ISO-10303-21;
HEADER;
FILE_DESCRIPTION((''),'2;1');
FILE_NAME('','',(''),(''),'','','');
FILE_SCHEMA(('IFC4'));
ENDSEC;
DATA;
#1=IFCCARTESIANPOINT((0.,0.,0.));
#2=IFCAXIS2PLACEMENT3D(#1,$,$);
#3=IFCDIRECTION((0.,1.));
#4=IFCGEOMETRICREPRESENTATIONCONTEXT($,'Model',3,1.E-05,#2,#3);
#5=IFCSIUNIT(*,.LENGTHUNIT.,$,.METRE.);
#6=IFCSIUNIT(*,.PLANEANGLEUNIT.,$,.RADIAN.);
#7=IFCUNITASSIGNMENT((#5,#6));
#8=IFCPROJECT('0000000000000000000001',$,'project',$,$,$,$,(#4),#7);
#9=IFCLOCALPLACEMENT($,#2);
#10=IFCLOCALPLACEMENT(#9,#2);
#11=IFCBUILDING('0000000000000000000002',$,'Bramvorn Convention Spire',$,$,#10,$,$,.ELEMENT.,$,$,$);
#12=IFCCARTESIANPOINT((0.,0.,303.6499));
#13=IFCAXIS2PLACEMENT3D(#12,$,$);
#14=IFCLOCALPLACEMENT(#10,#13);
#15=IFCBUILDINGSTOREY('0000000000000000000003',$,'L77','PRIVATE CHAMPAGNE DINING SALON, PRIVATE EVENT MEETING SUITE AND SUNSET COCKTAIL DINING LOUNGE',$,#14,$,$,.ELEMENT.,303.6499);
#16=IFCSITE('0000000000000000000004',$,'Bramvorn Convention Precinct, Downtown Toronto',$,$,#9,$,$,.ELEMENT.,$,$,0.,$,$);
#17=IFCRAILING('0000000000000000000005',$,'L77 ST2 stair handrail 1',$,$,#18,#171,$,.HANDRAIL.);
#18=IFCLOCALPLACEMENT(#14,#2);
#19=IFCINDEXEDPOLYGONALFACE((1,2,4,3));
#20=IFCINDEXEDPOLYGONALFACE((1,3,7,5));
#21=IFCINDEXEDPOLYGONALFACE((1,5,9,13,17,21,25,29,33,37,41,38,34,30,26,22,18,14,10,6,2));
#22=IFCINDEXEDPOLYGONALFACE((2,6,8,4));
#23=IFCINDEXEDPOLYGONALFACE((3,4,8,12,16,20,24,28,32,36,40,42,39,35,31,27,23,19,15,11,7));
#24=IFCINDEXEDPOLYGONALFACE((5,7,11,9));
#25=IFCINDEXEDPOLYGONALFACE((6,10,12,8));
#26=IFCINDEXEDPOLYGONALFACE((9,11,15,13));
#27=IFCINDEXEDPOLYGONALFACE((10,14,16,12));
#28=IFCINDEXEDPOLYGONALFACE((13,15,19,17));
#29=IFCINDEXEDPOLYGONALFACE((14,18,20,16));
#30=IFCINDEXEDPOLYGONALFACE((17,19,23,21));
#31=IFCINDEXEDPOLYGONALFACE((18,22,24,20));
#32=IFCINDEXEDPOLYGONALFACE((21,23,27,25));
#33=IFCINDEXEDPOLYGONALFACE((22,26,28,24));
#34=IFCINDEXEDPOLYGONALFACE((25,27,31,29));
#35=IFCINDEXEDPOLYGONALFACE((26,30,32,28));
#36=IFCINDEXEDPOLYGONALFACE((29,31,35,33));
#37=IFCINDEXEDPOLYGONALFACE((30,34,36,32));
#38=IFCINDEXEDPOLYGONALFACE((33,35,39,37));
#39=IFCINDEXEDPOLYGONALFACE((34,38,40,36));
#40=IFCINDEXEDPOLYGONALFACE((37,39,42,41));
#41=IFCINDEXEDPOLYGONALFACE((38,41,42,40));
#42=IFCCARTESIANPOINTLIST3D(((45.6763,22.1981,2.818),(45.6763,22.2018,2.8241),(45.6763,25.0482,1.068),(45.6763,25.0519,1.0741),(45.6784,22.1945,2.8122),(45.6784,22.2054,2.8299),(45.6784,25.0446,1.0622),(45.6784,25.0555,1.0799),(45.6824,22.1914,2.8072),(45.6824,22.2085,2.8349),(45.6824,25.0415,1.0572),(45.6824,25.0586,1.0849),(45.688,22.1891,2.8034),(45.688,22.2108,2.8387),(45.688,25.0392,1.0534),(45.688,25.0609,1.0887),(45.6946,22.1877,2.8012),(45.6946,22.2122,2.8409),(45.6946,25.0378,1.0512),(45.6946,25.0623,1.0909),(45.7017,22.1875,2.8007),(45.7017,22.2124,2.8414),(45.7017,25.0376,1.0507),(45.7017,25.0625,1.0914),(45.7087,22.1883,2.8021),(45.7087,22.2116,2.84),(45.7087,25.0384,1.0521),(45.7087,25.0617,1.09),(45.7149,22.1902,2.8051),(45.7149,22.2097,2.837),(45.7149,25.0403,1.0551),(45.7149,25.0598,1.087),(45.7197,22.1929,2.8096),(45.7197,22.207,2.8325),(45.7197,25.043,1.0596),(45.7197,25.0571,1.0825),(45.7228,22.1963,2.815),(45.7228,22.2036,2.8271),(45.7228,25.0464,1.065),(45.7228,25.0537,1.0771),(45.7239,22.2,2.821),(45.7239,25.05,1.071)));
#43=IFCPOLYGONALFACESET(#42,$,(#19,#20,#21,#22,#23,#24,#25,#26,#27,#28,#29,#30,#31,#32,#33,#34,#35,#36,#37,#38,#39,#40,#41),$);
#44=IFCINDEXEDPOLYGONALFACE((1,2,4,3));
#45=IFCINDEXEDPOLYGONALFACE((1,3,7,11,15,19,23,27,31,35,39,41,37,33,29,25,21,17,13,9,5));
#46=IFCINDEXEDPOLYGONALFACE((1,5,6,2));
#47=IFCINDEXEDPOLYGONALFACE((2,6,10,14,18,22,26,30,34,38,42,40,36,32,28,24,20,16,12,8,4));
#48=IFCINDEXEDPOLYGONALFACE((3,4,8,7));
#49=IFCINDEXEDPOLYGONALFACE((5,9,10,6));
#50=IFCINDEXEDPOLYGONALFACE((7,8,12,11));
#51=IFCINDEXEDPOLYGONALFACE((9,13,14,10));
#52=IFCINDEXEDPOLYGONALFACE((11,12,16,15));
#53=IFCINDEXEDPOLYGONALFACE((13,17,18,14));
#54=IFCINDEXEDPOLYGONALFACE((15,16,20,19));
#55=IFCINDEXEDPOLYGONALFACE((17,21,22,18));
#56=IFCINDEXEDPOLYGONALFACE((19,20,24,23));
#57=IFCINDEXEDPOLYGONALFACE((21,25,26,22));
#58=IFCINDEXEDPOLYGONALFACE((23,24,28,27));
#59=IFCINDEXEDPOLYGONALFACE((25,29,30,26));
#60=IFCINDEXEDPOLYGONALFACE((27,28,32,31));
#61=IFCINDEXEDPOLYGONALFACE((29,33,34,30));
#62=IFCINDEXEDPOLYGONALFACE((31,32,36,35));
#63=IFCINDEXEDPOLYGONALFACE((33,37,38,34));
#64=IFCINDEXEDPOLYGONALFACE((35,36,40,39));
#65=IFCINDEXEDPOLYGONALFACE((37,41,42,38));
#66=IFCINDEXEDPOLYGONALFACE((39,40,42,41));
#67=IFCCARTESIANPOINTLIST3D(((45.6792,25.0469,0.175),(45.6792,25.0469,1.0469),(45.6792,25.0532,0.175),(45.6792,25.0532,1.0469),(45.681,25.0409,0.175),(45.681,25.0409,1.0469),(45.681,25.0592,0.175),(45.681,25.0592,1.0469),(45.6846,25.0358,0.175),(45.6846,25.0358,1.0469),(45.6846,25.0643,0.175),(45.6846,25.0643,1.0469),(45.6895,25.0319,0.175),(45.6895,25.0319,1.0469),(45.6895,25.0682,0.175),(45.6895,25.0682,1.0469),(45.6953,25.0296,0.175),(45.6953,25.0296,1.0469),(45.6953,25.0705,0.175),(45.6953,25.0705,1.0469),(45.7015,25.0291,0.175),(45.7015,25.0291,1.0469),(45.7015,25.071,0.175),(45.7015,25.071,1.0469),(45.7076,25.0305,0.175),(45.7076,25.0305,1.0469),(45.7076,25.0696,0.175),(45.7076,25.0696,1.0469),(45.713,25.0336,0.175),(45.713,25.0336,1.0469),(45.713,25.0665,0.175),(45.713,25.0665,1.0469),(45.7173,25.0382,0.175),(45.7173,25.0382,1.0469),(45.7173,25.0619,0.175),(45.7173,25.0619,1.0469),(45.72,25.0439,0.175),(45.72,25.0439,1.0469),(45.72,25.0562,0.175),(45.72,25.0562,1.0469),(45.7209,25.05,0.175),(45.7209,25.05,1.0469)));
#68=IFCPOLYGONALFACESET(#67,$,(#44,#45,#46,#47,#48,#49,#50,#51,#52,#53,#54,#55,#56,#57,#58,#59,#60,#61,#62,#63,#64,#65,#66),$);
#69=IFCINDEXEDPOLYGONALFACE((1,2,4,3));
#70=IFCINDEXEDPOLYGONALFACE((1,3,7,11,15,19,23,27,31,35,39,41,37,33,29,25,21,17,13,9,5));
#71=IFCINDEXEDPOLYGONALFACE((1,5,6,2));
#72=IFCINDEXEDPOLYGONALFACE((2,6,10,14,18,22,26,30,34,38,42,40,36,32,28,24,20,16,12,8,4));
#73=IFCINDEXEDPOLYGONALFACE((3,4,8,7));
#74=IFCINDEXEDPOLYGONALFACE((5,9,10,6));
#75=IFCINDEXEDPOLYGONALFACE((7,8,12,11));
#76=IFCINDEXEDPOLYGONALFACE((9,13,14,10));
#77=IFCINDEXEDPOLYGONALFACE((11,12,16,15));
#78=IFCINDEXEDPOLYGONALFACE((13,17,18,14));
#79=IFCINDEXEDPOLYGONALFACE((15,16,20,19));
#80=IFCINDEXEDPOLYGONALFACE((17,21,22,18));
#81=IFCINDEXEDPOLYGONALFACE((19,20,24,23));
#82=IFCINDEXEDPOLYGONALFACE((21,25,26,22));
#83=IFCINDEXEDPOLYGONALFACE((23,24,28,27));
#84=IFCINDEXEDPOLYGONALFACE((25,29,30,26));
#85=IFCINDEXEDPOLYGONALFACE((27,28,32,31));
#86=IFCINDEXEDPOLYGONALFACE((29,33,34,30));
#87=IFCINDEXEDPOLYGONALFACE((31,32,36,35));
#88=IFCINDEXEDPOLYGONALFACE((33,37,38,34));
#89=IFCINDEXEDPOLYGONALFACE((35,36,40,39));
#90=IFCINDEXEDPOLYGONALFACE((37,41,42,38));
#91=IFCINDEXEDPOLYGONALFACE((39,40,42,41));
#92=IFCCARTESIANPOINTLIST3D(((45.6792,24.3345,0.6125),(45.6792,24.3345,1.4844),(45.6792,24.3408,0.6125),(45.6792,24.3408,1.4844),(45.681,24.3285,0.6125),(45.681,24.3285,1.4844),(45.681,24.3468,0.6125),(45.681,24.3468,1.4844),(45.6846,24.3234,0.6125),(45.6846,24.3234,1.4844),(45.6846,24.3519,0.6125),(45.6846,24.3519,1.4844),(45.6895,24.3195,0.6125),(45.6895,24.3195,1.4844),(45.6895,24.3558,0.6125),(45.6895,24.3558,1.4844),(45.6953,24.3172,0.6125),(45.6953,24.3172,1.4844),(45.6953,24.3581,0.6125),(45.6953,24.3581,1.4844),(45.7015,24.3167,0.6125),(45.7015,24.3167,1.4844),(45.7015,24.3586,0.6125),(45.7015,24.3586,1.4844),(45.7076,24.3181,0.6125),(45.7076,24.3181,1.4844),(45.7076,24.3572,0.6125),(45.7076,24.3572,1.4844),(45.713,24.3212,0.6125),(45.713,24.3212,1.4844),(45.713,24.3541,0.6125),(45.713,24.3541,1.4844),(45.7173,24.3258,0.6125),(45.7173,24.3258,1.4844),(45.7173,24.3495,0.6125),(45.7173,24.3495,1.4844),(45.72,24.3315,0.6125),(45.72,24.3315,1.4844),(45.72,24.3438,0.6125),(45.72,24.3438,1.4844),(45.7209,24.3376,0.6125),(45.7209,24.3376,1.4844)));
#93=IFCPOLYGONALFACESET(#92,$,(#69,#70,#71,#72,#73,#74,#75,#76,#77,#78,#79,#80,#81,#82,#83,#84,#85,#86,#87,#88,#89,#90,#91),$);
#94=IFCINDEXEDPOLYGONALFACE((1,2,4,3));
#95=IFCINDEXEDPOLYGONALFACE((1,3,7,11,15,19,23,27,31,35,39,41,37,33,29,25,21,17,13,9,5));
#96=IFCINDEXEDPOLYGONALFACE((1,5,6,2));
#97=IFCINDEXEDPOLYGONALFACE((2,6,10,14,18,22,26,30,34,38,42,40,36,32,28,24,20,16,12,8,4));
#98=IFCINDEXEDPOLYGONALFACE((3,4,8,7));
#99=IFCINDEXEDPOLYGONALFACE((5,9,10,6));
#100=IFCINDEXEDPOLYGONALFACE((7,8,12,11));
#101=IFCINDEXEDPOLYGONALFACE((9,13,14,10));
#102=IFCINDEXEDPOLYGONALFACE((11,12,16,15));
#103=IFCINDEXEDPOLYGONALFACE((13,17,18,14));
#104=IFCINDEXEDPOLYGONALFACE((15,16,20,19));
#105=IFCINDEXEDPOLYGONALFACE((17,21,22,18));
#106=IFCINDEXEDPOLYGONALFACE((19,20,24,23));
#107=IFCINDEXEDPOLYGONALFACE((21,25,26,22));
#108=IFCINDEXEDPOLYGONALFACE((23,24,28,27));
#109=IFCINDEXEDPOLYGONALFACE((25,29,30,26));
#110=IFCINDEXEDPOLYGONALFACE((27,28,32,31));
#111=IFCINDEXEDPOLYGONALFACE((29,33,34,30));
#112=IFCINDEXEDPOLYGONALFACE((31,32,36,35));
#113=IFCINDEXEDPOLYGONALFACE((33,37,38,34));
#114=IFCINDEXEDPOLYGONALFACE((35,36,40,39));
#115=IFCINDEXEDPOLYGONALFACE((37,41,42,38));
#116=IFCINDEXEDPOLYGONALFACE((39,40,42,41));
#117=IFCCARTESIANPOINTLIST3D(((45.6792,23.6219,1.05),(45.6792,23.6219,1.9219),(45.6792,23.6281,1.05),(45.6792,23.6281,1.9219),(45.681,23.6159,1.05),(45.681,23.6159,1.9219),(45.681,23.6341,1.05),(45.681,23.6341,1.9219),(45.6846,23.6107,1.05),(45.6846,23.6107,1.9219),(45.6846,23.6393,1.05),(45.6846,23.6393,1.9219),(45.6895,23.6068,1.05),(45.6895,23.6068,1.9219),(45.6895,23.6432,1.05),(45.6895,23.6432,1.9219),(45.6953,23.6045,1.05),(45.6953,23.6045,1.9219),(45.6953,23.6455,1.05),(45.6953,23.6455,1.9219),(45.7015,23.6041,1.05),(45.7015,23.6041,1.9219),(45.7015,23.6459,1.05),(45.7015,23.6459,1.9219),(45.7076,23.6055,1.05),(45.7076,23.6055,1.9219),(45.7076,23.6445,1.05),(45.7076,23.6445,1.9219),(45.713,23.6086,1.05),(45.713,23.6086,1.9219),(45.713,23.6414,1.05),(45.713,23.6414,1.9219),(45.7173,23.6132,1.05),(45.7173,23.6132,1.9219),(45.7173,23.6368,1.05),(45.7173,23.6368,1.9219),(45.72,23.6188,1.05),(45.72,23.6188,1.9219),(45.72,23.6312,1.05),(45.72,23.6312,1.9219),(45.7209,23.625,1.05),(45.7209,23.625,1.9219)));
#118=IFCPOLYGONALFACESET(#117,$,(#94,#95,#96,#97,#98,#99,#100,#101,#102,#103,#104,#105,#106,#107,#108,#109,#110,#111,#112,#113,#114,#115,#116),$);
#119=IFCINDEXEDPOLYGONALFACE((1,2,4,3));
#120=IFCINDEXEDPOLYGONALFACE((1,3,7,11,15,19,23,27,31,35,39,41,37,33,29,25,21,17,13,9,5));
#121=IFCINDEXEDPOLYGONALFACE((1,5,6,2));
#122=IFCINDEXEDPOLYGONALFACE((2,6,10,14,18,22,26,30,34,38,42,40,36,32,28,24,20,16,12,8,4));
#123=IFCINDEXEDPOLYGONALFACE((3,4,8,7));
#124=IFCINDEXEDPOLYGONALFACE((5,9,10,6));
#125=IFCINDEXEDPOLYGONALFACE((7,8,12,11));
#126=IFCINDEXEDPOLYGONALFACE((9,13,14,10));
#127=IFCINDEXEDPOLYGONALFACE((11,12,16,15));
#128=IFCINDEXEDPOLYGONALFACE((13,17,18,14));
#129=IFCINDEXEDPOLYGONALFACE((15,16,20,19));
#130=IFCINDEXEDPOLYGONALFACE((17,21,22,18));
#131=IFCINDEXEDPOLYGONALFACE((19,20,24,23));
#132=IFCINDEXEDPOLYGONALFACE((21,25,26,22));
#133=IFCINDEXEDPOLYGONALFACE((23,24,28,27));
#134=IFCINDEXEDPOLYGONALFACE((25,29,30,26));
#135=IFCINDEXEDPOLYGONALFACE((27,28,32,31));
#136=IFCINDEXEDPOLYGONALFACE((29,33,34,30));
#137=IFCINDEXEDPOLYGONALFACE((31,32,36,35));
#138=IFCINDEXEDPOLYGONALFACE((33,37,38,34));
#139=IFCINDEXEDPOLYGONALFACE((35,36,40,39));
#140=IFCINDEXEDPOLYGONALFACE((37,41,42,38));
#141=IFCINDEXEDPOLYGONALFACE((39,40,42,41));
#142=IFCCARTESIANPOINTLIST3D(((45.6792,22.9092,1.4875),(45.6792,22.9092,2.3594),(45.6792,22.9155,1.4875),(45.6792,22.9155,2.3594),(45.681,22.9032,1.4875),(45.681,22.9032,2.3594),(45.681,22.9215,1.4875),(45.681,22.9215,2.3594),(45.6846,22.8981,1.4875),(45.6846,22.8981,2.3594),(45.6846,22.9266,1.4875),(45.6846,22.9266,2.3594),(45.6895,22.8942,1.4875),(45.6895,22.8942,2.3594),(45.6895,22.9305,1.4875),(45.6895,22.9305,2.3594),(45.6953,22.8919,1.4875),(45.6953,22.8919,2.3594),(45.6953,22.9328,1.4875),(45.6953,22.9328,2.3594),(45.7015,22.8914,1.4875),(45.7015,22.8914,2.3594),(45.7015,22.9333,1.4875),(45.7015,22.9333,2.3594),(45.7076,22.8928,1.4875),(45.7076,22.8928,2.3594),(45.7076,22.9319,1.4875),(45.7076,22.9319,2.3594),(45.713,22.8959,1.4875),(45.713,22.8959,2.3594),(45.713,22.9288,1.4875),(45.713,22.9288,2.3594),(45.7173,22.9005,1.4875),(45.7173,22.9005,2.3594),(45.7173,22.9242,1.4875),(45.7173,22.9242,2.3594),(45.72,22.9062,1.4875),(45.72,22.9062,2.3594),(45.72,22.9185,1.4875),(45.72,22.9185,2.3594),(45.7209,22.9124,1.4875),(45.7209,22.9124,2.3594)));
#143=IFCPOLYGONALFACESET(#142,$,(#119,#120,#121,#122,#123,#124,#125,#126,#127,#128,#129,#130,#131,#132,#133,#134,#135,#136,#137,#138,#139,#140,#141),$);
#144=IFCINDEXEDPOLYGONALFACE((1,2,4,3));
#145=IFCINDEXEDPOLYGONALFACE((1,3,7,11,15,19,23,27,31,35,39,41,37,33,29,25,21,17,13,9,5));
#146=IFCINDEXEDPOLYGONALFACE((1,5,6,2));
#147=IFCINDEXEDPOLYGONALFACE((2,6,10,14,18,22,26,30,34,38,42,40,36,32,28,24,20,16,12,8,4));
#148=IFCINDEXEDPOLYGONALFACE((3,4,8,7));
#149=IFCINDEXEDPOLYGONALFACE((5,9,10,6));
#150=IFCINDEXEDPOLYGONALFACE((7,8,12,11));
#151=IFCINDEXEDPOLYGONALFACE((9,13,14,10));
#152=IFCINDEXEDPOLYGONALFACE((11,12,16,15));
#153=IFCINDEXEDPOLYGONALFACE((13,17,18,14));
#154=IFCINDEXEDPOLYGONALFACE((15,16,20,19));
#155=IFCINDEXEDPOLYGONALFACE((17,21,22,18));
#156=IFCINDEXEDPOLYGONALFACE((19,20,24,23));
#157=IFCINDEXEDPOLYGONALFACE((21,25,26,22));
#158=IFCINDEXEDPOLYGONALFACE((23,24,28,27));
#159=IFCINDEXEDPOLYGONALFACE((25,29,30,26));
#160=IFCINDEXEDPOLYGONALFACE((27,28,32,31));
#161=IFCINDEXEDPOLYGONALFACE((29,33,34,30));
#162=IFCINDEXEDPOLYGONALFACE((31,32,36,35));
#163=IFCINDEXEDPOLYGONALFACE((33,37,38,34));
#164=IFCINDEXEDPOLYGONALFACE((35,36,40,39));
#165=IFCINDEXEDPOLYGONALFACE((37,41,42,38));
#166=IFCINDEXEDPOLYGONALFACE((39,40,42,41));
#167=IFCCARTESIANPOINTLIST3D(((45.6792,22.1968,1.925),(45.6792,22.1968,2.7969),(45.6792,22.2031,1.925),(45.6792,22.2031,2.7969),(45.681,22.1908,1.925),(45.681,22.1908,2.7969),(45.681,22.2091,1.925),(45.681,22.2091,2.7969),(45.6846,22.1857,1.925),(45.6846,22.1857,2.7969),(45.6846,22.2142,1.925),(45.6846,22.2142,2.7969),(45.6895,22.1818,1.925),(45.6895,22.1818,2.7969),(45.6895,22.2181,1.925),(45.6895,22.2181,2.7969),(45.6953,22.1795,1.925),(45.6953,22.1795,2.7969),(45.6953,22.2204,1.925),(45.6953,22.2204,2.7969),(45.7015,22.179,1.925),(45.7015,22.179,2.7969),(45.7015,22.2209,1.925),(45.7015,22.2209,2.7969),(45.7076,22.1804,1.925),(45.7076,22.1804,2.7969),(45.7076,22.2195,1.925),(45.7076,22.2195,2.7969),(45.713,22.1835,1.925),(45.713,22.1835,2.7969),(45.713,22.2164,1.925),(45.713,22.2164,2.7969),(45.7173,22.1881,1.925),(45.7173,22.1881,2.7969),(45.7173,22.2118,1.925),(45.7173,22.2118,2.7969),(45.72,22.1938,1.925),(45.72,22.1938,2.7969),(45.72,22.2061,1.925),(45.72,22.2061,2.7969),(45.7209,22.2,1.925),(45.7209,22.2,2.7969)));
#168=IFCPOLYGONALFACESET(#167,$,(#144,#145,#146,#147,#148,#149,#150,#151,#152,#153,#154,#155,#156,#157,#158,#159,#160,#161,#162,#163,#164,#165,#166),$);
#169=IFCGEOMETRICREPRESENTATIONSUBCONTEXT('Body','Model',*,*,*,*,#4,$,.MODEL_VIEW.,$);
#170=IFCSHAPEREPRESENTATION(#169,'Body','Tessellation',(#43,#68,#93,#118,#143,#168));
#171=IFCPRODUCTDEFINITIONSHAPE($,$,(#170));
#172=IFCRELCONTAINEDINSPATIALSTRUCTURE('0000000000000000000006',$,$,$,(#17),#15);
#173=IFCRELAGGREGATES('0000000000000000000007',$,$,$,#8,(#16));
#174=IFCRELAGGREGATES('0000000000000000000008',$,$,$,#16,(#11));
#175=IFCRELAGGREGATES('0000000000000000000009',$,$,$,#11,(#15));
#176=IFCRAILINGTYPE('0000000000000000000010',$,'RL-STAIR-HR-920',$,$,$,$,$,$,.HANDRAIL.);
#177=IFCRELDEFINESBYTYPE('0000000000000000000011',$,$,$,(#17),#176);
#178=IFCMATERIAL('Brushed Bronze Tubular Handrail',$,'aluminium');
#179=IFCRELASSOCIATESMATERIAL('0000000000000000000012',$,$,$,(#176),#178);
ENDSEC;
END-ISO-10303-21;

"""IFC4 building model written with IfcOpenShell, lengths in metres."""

from ifc_helpers import new_model, si_unit, direction, frame, origin, origin_2d, place, context, subcontext, project, spatial, circle, extrude, material, type_object, element, save


model = new_model("IFC4")

# Units and contexts
model_context = context("Model", 3, precision=1e-05, world=origin(), true_north=direction((0.0, 1.0)))
body_context = subcontext(model_context, "Body", "Model", "MODEL_VIEW")
ifc_project = project(units=[si_unit("LENGTHUNIT", "METRE"), si_unit("PLANEANGLEUNIT", "RADIAN")], contexts=[model_context])

# Site, building, storey
site_placement = place(None, origin())
site = spatial("IfcSite", under=ifc_project, at=site_placement, Name="Bramvorn Convention Precinct, Downtown Toronto", CompositionType="ELEMENT", RefElevation=0.0)
building_placement = place(site_placement, origin())
building = spatial("IfcBuilding", under=site, at=building_placement, Name="Bramvorn Convention Spire", CompositionType="ELEMENT")
storey_placement = place(building_placement, frame((0.0, 0.0, 303.6499)))
storey = spatial("IfcBuildingStorey", under=building, at=storey_placement, Name="L77", Description="PRIVATE CHAMPAGNE DINING SALON, PRIVATE EVENT MEETING SUITE AND SUNSET COCKTAIL DINING LOUNGE", CompositionType="ELEMENT", Elevation=303.6499)

# Railing
ifc_material_1 = material(Name="Brushed Bronze Tubular Handrail", Category="aluminium")
railing_type_1 = type_object("IfcRailingType", Name="RL-STAIR-HR-920", PredefinedType="HANDRAIL", material=ifc_material_1)
railing_1_placement = place(storey_placement, frame((45.7, 25.05, 0.175)))
element("IfcRailing", 1, at=railing_1_placement, inside=storey, type_object=railing_type_1, Name="L77 ST2 stair handrail 1", PredefinedType="HANDRAIL", context=body_context, shape_type="SweptSolid", body=[
    extrude(circle(Radius=0.0239, at=origin_2d()), frame((0.0, 0.0, 0.896), z_axis=(0.0, -0.852179, 0.52325), x_axis=(1.0, 0.0, 0.0)), (0.0, 0.0, 1.0), 3.3445),
    extrude(circle(Radius=0.021, at=origin_2d()), origin(), (0.0, 0.0, 1.0), 0.8718),
    extrude(circle(Radius=0.021, at=origin_2d()), frame((0.0, -0.7124, 0.4375)), (0.0, 0.0, 1.0), 0.8718),
    extrude(circle(Radius=0.021, at=origin_2d()), frame((0.0, -1.425, 0.875)), (0.0, 0.0, 1.0), 0.8718),
    extrude(circle(Radius=0.021, at=origin_2d()), frame((0.0, -2.1377, 1.3125)), (0.0, 0.0, 1.0), 0.8718),
    extrude(circle(Radius=0.021, at=origin_2d()), frame((0.0, -2.8501, 1.75)), (0.0, 0.0, 1.0), 0.8718),
])

save(model, "model.ifc")
